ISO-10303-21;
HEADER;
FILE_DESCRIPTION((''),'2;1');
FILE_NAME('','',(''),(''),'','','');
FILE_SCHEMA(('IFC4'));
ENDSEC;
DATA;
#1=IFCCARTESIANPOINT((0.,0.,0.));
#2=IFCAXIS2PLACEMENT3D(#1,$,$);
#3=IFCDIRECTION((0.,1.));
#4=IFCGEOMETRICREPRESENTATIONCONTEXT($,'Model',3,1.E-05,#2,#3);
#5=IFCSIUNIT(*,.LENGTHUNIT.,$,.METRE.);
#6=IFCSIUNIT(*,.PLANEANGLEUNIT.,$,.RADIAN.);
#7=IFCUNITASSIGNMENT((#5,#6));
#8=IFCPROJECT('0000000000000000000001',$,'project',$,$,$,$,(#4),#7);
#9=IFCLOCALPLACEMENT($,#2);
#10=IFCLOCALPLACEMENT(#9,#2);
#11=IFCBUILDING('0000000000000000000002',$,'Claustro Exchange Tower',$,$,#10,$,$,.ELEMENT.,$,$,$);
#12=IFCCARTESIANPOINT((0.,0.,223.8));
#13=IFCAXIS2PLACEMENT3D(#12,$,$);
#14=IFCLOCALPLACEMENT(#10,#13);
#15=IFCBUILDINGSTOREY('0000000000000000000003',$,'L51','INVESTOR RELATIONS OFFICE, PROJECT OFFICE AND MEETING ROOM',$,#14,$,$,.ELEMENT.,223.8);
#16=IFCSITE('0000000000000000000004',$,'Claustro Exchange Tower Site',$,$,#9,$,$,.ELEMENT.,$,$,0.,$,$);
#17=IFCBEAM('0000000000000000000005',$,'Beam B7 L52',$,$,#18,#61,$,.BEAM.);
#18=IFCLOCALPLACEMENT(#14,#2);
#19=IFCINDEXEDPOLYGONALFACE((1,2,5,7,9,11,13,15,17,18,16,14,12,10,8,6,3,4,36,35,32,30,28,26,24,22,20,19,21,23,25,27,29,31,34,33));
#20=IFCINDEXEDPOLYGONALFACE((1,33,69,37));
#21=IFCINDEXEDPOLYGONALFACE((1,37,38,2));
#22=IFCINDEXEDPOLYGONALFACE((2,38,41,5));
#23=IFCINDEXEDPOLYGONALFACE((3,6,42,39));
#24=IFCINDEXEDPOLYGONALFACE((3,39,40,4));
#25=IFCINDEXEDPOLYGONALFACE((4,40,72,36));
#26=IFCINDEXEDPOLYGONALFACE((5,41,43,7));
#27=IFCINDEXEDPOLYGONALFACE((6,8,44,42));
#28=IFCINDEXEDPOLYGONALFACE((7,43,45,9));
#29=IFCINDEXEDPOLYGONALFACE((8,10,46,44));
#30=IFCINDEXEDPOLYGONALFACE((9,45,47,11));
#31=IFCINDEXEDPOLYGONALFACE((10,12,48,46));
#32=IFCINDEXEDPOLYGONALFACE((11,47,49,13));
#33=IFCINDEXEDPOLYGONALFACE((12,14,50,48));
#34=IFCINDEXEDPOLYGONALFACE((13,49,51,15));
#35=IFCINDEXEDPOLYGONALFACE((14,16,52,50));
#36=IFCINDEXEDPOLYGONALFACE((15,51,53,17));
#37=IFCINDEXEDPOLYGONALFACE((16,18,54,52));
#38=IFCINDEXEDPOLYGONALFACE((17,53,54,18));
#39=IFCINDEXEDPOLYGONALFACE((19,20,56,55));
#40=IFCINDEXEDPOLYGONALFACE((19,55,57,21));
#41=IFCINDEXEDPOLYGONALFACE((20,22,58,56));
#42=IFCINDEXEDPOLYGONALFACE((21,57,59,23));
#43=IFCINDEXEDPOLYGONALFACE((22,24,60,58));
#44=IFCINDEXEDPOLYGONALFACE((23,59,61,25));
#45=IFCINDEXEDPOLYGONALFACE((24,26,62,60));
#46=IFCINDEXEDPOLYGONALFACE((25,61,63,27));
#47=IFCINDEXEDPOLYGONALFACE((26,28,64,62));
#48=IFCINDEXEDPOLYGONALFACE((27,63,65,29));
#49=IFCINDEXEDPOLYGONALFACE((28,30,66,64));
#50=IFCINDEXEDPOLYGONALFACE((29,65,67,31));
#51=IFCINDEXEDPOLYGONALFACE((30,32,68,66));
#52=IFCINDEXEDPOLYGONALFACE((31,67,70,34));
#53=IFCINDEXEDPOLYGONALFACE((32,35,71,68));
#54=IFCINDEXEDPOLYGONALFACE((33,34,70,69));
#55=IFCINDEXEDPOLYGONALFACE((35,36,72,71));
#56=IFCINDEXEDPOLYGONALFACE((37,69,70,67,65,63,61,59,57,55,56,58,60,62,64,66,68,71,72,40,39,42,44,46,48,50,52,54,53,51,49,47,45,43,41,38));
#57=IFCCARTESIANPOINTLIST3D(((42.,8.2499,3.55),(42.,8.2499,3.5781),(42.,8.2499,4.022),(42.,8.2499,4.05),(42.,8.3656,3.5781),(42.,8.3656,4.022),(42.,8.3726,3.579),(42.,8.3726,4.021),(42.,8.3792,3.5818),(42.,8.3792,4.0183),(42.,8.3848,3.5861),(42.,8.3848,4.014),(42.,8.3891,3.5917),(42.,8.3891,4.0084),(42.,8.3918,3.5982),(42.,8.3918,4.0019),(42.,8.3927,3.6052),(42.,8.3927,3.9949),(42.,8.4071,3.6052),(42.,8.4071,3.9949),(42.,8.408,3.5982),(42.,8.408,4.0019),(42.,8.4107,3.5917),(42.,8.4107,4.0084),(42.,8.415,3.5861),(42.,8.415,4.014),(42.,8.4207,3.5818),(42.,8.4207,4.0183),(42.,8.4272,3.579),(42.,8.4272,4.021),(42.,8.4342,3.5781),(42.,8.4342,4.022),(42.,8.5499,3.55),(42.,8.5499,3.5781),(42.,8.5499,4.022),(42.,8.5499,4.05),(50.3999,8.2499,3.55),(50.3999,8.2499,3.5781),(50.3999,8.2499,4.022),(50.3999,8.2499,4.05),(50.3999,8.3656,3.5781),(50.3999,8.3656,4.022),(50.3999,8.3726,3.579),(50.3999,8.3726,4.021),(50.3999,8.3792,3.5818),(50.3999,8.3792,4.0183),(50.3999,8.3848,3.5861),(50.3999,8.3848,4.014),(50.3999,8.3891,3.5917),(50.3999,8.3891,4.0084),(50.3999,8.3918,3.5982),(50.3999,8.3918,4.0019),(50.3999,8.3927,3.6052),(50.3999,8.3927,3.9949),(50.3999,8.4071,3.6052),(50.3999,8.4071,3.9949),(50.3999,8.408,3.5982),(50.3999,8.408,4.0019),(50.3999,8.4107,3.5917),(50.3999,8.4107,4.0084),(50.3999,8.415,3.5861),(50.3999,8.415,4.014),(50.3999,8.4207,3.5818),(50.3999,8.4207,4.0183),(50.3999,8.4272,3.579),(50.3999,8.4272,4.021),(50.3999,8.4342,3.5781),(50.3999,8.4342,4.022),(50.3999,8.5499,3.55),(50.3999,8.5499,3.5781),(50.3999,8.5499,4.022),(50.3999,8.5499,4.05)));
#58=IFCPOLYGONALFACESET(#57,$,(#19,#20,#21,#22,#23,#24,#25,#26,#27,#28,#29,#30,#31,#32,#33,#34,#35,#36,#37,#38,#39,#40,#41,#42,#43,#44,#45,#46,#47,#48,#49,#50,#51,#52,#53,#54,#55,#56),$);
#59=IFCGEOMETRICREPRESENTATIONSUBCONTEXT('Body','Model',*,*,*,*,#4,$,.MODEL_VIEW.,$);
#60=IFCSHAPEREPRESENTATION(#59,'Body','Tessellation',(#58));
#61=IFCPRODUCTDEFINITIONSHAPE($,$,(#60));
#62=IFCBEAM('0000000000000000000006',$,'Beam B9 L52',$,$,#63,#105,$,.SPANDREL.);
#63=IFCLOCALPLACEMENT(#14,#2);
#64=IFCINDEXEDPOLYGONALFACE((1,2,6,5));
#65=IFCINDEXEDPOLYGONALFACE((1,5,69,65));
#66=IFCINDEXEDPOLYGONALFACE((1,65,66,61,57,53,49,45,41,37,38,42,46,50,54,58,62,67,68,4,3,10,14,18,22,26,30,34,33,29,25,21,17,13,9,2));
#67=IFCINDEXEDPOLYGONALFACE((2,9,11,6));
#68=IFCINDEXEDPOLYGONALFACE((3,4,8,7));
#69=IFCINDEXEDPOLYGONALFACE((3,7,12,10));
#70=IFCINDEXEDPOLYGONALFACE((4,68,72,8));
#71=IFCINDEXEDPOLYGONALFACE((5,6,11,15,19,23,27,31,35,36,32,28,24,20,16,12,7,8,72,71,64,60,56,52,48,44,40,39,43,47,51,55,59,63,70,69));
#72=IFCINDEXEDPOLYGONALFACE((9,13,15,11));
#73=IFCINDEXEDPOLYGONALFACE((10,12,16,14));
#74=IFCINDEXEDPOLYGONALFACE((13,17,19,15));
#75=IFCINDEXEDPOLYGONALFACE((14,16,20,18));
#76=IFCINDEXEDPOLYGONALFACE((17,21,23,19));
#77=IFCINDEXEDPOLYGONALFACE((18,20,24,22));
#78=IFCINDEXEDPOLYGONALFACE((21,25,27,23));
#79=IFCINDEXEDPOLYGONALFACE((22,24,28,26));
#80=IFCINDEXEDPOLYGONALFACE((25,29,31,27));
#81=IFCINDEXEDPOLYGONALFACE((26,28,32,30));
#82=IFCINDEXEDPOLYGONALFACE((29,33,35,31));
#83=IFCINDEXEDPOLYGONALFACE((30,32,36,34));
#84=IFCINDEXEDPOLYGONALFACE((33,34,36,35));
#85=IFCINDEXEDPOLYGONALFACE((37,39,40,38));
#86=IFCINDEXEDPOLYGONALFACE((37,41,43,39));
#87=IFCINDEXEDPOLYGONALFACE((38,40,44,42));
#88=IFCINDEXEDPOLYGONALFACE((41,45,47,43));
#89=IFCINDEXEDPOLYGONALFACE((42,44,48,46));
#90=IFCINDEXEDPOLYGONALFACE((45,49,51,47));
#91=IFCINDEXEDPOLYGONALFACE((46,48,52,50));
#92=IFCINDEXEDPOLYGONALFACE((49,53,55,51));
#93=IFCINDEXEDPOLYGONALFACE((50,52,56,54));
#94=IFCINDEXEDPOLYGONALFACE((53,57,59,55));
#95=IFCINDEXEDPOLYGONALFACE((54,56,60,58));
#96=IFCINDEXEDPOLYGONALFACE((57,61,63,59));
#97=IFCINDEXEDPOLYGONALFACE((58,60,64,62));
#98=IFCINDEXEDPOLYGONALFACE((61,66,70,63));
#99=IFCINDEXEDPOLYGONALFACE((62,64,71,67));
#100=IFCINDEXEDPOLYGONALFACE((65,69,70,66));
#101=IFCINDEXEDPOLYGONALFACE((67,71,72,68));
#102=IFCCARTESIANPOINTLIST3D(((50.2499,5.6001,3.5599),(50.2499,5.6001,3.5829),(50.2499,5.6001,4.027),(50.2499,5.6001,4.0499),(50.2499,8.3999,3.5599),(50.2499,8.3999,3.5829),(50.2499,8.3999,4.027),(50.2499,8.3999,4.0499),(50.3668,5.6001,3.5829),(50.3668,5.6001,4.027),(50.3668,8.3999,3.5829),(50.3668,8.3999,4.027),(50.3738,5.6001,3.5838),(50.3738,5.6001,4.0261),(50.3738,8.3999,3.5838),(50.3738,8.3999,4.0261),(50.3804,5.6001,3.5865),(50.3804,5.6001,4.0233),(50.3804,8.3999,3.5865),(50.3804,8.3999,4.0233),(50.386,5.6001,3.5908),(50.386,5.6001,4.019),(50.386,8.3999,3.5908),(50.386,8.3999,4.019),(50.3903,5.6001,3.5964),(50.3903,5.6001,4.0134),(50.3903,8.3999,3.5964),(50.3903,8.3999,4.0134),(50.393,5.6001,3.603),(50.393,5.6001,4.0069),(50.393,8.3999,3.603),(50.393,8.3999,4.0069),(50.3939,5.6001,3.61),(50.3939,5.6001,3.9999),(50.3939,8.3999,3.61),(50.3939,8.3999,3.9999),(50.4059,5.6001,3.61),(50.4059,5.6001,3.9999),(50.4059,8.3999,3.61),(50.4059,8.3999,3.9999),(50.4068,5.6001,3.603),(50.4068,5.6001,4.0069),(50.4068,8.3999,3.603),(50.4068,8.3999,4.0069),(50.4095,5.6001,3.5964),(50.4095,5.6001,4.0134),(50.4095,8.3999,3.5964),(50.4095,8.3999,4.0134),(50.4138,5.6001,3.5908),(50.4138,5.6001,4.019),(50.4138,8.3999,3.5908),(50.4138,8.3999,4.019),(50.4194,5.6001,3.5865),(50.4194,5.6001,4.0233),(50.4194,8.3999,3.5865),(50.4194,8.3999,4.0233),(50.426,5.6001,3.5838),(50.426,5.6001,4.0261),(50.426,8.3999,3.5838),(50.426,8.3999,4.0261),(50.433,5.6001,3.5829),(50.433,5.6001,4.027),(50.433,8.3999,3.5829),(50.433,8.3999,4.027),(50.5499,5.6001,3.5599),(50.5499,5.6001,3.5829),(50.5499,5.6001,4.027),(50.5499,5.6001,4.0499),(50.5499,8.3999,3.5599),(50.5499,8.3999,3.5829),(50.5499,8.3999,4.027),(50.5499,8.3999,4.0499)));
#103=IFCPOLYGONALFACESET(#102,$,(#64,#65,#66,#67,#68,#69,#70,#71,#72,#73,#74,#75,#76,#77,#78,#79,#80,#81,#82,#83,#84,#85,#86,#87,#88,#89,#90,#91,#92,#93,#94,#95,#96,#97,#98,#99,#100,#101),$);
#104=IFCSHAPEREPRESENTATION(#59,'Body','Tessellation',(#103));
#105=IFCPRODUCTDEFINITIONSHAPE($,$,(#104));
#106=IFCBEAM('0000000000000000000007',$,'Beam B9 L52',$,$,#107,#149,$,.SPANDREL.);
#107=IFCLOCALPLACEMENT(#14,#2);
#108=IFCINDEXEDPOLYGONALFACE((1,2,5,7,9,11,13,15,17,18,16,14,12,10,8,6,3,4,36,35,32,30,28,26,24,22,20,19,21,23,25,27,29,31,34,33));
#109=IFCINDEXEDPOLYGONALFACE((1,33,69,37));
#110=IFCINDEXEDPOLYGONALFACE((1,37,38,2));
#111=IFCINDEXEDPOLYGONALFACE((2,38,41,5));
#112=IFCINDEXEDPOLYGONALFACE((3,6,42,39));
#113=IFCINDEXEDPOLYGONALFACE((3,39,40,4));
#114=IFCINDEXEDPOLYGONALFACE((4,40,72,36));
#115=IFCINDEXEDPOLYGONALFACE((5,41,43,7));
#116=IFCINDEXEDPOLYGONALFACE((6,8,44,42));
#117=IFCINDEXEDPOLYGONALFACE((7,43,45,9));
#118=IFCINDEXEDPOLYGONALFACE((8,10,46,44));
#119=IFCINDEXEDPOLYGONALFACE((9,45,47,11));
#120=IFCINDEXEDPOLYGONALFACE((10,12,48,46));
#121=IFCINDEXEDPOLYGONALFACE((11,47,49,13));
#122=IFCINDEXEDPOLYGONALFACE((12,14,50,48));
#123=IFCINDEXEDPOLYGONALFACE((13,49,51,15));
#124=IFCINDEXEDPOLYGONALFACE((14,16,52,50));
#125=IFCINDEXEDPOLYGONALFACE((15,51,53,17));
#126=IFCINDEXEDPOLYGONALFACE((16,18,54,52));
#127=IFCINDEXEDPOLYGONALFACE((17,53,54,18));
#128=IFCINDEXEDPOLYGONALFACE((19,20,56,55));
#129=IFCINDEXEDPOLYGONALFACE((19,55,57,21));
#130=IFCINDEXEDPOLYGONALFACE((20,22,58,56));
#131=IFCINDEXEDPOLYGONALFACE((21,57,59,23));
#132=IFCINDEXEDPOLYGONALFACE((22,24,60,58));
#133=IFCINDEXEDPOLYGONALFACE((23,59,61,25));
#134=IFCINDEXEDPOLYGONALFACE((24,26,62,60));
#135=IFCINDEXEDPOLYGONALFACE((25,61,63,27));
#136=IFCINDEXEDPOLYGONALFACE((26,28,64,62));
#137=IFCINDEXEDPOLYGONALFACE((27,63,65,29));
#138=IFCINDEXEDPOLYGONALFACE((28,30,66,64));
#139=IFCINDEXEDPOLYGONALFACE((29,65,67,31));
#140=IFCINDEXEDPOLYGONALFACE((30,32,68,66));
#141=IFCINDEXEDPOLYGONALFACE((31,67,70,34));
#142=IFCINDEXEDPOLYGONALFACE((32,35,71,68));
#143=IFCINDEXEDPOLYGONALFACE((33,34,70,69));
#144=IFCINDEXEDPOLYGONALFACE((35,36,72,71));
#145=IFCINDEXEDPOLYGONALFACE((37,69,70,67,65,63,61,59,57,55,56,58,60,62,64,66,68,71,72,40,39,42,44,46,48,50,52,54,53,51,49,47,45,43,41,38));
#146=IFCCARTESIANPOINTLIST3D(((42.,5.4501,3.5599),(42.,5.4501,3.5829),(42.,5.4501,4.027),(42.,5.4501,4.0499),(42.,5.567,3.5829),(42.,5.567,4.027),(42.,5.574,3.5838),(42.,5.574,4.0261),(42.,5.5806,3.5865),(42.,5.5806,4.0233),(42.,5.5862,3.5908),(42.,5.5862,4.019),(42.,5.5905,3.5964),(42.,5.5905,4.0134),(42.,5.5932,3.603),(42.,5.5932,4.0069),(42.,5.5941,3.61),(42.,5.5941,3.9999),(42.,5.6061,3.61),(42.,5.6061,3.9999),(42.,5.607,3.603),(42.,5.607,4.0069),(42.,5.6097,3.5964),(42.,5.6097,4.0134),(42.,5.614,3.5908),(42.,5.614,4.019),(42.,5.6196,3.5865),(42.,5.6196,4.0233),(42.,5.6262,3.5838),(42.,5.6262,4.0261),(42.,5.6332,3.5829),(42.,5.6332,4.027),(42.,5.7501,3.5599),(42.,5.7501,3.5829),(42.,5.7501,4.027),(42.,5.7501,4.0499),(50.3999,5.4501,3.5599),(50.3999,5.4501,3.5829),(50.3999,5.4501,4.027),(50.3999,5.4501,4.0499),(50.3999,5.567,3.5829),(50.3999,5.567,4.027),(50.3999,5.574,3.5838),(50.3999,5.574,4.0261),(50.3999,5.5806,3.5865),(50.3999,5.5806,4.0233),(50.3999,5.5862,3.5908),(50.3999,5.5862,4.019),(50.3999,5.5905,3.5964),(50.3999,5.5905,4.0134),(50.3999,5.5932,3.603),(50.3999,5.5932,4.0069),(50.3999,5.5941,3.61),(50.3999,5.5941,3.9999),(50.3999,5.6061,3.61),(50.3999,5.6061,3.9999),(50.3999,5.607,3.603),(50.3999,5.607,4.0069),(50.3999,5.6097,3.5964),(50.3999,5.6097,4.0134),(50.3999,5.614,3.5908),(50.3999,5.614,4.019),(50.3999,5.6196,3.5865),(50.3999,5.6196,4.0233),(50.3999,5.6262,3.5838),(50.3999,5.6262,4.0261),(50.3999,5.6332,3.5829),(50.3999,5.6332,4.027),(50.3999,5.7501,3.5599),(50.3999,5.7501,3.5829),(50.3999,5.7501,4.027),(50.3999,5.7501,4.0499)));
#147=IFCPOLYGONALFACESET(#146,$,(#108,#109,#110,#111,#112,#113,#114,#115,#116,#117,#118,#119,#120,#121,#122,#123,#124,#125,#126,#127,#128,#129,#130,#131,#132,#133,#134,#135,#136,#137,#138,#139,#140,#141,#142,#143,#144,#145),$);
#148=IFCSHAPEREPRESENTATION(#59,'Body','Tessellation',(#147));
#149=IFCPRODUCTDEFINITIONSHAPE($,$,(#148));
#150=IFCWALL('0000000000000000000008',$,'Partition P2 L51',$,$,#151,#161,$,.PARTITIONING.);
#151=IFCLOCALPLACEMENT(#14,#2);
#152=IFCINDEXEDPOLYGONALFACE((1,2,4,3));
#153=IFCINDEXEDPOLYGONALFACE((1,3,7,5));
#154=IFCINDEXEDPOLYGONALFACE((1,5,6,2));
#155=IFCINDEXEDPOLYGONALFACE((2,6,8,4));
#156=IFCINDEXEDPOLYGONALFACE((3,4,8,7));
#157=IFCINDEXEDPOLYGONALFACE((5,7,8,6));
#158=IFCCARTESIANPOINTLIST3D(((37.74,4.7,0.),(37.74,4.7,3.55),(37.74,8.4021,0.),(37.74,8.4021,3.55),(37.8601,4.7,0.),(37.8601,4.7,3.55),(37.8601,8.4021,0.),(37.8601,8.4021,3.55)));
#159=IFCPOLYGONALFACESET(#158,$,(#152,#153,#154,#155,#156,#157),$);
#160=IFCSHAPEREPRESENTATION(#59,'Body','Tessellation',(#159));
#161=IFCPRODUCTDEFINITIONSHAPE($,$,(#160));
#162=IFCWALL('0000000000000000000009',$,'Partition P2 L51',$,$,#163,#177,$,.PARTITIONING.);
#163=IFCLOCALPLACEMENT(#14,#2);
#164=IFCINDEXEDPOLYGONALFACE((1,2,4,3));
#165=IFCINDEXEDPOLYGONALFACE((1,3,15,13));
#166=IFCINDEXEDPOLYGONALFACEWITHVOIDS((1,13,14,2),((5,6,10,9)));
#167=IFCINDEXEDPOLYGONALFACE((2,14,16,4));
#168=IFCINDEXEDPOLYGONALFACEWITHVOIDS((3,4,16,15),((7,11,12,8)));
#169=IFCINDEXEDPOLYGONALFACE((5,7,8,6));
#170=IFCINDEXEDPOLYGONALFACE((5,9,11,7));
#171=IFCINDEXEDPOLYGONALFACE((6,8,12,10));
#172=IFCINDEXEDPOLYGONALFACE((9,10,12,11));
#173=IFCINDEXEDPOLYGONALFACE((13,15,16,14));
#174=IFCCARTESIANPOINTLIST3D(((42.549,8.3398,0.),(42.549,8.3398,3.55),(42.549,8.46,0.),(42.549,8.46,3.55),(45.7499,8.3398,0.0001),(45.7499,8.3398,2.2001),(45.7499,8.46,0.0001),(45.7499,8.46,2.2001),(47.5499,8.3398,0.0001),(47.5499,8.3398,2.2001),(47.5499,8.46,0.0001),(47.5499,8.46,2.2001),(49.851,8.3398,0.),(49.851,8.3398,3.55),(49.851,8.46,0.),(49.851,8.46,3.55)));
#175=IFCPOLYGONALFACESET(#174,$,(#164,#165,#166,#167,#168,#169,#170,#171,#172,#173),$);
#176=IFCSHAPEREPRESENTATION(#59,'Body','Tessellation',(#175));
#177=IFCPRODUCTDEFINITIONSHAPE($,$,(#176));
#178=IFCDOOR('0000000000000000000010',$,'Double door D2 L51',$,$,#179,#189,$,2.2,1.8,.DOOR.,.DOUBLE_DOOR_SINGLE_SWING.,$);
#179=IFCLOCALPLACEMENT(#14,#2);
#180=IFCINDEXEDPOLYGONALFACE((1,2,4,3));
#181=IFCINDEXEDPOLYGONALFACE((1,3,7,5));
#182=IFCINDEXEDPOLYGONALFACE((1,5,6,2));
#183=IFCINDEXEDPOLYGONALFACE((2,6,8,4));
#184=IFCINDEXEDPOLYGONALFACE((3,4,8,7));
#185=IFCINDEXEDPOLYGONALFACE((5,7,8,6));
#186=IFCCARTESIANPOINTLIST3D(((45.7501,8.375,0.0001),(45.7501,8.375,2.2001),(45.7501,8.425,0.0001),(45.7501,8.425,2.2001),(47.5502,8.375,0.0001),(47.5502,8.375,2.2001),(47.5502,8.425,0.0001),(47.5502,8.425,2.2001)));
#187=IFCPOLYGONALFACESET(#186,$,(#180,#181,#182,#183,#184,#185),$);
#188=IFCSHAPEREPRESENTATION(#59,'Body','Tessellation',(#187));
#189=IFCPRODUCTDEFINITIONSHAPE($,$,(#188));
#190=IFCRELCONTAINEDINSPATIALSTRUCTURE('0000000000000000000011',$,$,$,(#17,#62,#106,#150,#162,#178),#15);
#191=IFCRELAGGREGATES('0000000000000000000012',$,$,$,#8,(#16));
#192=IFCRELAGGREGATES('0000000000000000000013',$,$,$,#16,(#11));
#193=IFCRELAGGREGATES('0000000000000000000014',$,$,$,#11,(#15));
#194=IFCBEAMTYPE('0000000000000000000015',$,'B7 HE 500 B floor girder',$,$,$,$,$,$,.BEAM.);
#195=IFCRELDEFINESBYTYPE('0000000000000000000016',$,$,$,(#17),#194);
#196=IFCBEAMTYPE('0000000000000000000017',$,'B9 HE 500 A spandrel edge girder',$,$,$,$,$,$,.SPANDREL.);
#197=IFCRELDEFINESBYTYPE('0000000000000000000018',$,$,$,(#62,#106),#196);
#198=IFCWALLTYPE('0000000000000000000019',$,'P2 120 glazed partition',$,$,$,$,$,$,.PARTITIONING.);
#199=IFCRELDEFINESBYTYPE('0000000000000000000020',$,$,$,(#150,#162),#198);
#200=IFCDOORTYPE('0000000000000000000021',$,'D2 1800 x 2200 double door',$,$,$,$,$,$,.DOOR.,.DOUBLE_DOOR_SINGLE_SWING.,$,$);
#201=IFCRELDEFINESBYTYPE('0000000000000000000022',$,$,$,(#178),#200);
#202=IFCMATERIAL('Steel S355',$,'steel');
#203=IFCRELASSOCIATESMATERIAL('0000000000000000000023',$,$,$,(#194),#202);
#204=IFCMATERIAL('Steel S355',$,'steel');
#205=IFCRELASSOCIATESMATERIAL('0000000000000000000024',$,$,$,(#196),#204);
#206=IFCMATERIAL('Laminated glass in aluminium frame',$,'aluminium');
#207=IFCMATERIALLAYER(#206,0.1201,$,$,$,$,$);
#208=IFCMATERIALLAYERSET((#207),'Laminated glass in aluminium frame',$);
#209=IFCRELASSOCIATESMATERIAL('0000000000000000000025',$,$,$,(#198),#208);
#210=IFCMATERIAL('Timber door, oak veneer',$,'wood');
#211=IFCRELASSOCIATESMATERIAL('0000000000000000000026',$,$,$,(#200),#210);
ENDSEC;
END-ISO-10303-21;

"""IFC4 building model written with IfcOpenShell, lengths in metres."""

from ifc_helpers import new_model, si_unit, direction, frame, frame_2d, origin, origin_2d, place, context, subcontext, project, spatial, rectangle, i_section, extrude, material, layer, layer_set, material_profile, profile_set, type_object, element, fill, save


model = new_model("IFC4")

# Units and contexts
model_context = context("Model", 3, precision=1e-05, world=origin(), true_north=direction((0.0, 1.0)))
body_context = subcontext(model_context, "Body", "Model", "MODEL_VIEW")
ifc_project = project(units=[si_unit("LENGTHUNIT", "METRE"), si_unit("PLANEANGLEUNIT", "RADIAN")], contexts=[model_context])

# Site, building, storey
site_placement = place(None, origin())
site = spatial("IfcSite", under=ifc_project, at=site_placement, Name="Claustro Exchange Tower Site", CompositionType="ELEMENT", RefElevation=0.0)
building_placement = place(site_placement, origin())
building = spatial("IfcBuilding", under=site, at=building_placement, Name="Claustro Exchange Tower", CompositionType="ELEMENT")
storey_placement = place(building_placement, frame((0.0, 0.0, 223.8)))
storey = spatial("IfcBuildingStorey", under=building, at=storey_placement, Name="L51", Description="INVESTOR RELATIONS OFFICE, PROJECT OFFICE AND MEETING ROOM", CompositionType="ELEMENT", Elevation=223.8)

# Beams
ifc_material_1 = material(Name="Steel S355", Category="steel")
ifc_material_profile_1 = material_profile(ifc_material_1, i_section(OverallWidth=0.3, OverallDepth=0.5, WebThickness=0.0144, FlangeThickness=0.0281, FilletRadius=0.0271, at=origin_2d()), Name="HE 500 B")
ifc_profile_set_1 = profile_set([ifc_material_profile_1], Name="Steel S355")
beam_type_1 = type_object("IfcBeamType", Name="B7 HE 500 B floor girder", PredefinedType="BEAM", material=ifc_profile_set_1)
beam_1_placement = place(storey_placement, frame((42.0, 8.3999, 3.8), z_axis=(1.0, 0.0, 0.0), x_axis=(0.0, 1.0, 0.0)))
element("IfcBeam", 1, at=beam_1_placement, inside=storey, type_object=beam_type_1, Name="Beam B7 L52", PredefinedType="BEAM", context=body_context, shape_type="SweptSolid", body=[
    extrude(i_section(OverallWidth=0.3, OverallDepth=0.5, WebThickness=0.0144, FlangeThickness=0.0281, FilletRadius=0.0271, at=origin_2d()), origin(), (0.0, 0.0, 1.0), 8.3999),
])
ifc_material_2 = material(Name="Steel S355", Category="steel")
ifc_material_profile_2 = material_profile(ifc_material_2, i_section(OverallWidth=0.3, OverallDepth=0.49, WebThickness=0.012, FlangeThickness=0.0229, FilletRadius=0.0271, at=origin_2d()), Name="HE 500 A")
ifc_profile_set_2 = profile_set([ifc_material_profile_2], Name="Steel S355")
beam_type_2 = type_object("IfcBeamType", Name="B9 HE 500 A spandrel edge girder", PredefinedType="SPANDREL", material=ifc_profile_set_2)
beam_2_placement = place(storey_placement, frame((50.3999, 5.6001, 3.8049), z_axis=(0.0, 1.0, 0.0), x_axis=(-1.0, 0.0, 0.0)))
element("IfcBeam", 2, at=beam_2_placement, inside=storey, type_object=beam_type_2, Name="Beam B9 L52", PredefinedType="SPANDREL", context=body_context, shape_type="SweptSolid", body=[
    extrude(i_section(OverallWidth=0.3, OverallDepth=0.49, WebThickness=0.012, FlangeThickness=0.0229, FilletRadius=0.0271, at=origin_2d()), origin(), (0.0, 0.0, 1.0), 2.7998),
])
beam_3_placement = place(storey_placement, frame((42.0, 5.6001, 3.8049), z_axis=(1.0, 0.0, 0.0), x_axis=(0.0, 1.0, 0.0)))
element("IfcBeam", 3, at=beam_3_placement, inside=storey, type_object=beam_type_2, Name="Beam B9 L52", PredefinedType="SPANDREL", context=body_context, shape_type="SweptSolid", body=[
    extrude(i_section(OverallWidth=0.3, OverallDepth=0.49, WebThickness=0.012, FlangeThickness=0.0229, FilletRadius=0.0271, at=origin_2d()), origin(), (0.0, 0.0, 1.0), 8.3999),
])

# Wall
ifc_material_3 = material(Name="Laminated glass in aluminium frame", Category="aluminium")
ifc_layer_1 = layer(ifc_material_3, 0.1201)
ifc_layer_set_1 = layer_set([ifc_layer_1], Name="Laminated glass in aluminium frame")
wall_type_1 = type_object("IfcWallType", Name="P2 120 glazed partition", PredefinedType="PARTITIONING", material=ifc_layer_set_1)
wall_1_placement = place(storey_placement, frame((37.8, 4.7, 0.0), z_axis=(0.0, 0.0, 1.0), x_axis=(0.0, 1.0, 0.0)))
element("IfcWall", 4, at=wall_1_placement, inside=storey, type_object=wall_type_1, Name="Partition P2 L51", PredefinedType="PARTITIONING", context=body_context, shape_type="SweptSolid", body=[
    extrude(rectangle(XDim=3.7021, YDim=0.1201, at=frame_2d((1.8511, 0.0))), origin(), (0.0, 0.0, 1.0), 3.55),
])

# Wall, opening, door
wall_2_placement = place(storey_placement, frame((42.5491, 8.3999, 0.0), z_axis=(0.0, 0.0, 1.0), x_axis=(1.0, 0.0, 0.0)))
wall_2 = element("IfcWall", 5, at=wall_2_placement, inside=storey, type_object=wall_type_1, Name="Partition P2 L51", PredefinedType="PARTITIONING", context=body_context, shape_type="SweptSolid", body=[
    extrude(rectangle(XDim=7.302, YDim=0.1201, at=frame_2d((3.6509, 0.0))), origin(), (0.0, 0.0, 1.0), 3.55),
])
opening_1_placement = place(wall_2_placement, frame((3.2009, 0.0, 0.0)))
opening_1 = element("IfcOpeningElement", 6, at=opening_1_placement, cuts=wall_2, PredefinedType="OPENING", context=body_context, shape_type="SweptSolid", body=[
    extrude(rectangle(XDim=1.8, YDim=2.2, at=frame_2d((0.8999, 1.1001))), frame((0.0, 0.0701, 0.0), z_axis=(0.0, -1.0, 0.0), x_axis=(1.0, 0.0, 0.0)), (0.0, 0.0, 1.0), 0.1401),
])
ifc_material_4 = material(Name="Timber door, oak veneer", Category="wood")
door_type = type_object("IfcDoorType", Name="D2 1800 x 2200 double door", OperationType="DOUBLE_DOOR_SINGLE_SWING", PredefinedType="DOOR", material=ifc_material_4)
door_placement = place(opening_1_placement, frame((1.8, 0.0, 0.0), z_axis=(0.0, 0.0, 1.0), x_axis=(-1.0, 0.0, 0.0)))
door = element("IfcDoor", 7, at=door_placement, inside=storey, type_object=door_type, Name="Double door D2 L51", OperationType="DOUBLE_DOOR_SINGLE_SWING", OverallHeight=2.2, OverallWidth=1.8, PredefinedType="DOOR", context=body_context, shape_type="SweptSolid", body=[
    extrude(rectangle(XDim=1.8, YDim=2.2, at=frame_2d((0.8999, 1.1001))), frame((0.0, 0.0249, 0.0), z_axis=(0.0, -1.0, 0.0), x_axis=(1.0, 0.0, 0.0)), (0.0, 0.0, 1.0), 0.05),
])
fill(opening_1, door)

save(model, "model.ifc")
